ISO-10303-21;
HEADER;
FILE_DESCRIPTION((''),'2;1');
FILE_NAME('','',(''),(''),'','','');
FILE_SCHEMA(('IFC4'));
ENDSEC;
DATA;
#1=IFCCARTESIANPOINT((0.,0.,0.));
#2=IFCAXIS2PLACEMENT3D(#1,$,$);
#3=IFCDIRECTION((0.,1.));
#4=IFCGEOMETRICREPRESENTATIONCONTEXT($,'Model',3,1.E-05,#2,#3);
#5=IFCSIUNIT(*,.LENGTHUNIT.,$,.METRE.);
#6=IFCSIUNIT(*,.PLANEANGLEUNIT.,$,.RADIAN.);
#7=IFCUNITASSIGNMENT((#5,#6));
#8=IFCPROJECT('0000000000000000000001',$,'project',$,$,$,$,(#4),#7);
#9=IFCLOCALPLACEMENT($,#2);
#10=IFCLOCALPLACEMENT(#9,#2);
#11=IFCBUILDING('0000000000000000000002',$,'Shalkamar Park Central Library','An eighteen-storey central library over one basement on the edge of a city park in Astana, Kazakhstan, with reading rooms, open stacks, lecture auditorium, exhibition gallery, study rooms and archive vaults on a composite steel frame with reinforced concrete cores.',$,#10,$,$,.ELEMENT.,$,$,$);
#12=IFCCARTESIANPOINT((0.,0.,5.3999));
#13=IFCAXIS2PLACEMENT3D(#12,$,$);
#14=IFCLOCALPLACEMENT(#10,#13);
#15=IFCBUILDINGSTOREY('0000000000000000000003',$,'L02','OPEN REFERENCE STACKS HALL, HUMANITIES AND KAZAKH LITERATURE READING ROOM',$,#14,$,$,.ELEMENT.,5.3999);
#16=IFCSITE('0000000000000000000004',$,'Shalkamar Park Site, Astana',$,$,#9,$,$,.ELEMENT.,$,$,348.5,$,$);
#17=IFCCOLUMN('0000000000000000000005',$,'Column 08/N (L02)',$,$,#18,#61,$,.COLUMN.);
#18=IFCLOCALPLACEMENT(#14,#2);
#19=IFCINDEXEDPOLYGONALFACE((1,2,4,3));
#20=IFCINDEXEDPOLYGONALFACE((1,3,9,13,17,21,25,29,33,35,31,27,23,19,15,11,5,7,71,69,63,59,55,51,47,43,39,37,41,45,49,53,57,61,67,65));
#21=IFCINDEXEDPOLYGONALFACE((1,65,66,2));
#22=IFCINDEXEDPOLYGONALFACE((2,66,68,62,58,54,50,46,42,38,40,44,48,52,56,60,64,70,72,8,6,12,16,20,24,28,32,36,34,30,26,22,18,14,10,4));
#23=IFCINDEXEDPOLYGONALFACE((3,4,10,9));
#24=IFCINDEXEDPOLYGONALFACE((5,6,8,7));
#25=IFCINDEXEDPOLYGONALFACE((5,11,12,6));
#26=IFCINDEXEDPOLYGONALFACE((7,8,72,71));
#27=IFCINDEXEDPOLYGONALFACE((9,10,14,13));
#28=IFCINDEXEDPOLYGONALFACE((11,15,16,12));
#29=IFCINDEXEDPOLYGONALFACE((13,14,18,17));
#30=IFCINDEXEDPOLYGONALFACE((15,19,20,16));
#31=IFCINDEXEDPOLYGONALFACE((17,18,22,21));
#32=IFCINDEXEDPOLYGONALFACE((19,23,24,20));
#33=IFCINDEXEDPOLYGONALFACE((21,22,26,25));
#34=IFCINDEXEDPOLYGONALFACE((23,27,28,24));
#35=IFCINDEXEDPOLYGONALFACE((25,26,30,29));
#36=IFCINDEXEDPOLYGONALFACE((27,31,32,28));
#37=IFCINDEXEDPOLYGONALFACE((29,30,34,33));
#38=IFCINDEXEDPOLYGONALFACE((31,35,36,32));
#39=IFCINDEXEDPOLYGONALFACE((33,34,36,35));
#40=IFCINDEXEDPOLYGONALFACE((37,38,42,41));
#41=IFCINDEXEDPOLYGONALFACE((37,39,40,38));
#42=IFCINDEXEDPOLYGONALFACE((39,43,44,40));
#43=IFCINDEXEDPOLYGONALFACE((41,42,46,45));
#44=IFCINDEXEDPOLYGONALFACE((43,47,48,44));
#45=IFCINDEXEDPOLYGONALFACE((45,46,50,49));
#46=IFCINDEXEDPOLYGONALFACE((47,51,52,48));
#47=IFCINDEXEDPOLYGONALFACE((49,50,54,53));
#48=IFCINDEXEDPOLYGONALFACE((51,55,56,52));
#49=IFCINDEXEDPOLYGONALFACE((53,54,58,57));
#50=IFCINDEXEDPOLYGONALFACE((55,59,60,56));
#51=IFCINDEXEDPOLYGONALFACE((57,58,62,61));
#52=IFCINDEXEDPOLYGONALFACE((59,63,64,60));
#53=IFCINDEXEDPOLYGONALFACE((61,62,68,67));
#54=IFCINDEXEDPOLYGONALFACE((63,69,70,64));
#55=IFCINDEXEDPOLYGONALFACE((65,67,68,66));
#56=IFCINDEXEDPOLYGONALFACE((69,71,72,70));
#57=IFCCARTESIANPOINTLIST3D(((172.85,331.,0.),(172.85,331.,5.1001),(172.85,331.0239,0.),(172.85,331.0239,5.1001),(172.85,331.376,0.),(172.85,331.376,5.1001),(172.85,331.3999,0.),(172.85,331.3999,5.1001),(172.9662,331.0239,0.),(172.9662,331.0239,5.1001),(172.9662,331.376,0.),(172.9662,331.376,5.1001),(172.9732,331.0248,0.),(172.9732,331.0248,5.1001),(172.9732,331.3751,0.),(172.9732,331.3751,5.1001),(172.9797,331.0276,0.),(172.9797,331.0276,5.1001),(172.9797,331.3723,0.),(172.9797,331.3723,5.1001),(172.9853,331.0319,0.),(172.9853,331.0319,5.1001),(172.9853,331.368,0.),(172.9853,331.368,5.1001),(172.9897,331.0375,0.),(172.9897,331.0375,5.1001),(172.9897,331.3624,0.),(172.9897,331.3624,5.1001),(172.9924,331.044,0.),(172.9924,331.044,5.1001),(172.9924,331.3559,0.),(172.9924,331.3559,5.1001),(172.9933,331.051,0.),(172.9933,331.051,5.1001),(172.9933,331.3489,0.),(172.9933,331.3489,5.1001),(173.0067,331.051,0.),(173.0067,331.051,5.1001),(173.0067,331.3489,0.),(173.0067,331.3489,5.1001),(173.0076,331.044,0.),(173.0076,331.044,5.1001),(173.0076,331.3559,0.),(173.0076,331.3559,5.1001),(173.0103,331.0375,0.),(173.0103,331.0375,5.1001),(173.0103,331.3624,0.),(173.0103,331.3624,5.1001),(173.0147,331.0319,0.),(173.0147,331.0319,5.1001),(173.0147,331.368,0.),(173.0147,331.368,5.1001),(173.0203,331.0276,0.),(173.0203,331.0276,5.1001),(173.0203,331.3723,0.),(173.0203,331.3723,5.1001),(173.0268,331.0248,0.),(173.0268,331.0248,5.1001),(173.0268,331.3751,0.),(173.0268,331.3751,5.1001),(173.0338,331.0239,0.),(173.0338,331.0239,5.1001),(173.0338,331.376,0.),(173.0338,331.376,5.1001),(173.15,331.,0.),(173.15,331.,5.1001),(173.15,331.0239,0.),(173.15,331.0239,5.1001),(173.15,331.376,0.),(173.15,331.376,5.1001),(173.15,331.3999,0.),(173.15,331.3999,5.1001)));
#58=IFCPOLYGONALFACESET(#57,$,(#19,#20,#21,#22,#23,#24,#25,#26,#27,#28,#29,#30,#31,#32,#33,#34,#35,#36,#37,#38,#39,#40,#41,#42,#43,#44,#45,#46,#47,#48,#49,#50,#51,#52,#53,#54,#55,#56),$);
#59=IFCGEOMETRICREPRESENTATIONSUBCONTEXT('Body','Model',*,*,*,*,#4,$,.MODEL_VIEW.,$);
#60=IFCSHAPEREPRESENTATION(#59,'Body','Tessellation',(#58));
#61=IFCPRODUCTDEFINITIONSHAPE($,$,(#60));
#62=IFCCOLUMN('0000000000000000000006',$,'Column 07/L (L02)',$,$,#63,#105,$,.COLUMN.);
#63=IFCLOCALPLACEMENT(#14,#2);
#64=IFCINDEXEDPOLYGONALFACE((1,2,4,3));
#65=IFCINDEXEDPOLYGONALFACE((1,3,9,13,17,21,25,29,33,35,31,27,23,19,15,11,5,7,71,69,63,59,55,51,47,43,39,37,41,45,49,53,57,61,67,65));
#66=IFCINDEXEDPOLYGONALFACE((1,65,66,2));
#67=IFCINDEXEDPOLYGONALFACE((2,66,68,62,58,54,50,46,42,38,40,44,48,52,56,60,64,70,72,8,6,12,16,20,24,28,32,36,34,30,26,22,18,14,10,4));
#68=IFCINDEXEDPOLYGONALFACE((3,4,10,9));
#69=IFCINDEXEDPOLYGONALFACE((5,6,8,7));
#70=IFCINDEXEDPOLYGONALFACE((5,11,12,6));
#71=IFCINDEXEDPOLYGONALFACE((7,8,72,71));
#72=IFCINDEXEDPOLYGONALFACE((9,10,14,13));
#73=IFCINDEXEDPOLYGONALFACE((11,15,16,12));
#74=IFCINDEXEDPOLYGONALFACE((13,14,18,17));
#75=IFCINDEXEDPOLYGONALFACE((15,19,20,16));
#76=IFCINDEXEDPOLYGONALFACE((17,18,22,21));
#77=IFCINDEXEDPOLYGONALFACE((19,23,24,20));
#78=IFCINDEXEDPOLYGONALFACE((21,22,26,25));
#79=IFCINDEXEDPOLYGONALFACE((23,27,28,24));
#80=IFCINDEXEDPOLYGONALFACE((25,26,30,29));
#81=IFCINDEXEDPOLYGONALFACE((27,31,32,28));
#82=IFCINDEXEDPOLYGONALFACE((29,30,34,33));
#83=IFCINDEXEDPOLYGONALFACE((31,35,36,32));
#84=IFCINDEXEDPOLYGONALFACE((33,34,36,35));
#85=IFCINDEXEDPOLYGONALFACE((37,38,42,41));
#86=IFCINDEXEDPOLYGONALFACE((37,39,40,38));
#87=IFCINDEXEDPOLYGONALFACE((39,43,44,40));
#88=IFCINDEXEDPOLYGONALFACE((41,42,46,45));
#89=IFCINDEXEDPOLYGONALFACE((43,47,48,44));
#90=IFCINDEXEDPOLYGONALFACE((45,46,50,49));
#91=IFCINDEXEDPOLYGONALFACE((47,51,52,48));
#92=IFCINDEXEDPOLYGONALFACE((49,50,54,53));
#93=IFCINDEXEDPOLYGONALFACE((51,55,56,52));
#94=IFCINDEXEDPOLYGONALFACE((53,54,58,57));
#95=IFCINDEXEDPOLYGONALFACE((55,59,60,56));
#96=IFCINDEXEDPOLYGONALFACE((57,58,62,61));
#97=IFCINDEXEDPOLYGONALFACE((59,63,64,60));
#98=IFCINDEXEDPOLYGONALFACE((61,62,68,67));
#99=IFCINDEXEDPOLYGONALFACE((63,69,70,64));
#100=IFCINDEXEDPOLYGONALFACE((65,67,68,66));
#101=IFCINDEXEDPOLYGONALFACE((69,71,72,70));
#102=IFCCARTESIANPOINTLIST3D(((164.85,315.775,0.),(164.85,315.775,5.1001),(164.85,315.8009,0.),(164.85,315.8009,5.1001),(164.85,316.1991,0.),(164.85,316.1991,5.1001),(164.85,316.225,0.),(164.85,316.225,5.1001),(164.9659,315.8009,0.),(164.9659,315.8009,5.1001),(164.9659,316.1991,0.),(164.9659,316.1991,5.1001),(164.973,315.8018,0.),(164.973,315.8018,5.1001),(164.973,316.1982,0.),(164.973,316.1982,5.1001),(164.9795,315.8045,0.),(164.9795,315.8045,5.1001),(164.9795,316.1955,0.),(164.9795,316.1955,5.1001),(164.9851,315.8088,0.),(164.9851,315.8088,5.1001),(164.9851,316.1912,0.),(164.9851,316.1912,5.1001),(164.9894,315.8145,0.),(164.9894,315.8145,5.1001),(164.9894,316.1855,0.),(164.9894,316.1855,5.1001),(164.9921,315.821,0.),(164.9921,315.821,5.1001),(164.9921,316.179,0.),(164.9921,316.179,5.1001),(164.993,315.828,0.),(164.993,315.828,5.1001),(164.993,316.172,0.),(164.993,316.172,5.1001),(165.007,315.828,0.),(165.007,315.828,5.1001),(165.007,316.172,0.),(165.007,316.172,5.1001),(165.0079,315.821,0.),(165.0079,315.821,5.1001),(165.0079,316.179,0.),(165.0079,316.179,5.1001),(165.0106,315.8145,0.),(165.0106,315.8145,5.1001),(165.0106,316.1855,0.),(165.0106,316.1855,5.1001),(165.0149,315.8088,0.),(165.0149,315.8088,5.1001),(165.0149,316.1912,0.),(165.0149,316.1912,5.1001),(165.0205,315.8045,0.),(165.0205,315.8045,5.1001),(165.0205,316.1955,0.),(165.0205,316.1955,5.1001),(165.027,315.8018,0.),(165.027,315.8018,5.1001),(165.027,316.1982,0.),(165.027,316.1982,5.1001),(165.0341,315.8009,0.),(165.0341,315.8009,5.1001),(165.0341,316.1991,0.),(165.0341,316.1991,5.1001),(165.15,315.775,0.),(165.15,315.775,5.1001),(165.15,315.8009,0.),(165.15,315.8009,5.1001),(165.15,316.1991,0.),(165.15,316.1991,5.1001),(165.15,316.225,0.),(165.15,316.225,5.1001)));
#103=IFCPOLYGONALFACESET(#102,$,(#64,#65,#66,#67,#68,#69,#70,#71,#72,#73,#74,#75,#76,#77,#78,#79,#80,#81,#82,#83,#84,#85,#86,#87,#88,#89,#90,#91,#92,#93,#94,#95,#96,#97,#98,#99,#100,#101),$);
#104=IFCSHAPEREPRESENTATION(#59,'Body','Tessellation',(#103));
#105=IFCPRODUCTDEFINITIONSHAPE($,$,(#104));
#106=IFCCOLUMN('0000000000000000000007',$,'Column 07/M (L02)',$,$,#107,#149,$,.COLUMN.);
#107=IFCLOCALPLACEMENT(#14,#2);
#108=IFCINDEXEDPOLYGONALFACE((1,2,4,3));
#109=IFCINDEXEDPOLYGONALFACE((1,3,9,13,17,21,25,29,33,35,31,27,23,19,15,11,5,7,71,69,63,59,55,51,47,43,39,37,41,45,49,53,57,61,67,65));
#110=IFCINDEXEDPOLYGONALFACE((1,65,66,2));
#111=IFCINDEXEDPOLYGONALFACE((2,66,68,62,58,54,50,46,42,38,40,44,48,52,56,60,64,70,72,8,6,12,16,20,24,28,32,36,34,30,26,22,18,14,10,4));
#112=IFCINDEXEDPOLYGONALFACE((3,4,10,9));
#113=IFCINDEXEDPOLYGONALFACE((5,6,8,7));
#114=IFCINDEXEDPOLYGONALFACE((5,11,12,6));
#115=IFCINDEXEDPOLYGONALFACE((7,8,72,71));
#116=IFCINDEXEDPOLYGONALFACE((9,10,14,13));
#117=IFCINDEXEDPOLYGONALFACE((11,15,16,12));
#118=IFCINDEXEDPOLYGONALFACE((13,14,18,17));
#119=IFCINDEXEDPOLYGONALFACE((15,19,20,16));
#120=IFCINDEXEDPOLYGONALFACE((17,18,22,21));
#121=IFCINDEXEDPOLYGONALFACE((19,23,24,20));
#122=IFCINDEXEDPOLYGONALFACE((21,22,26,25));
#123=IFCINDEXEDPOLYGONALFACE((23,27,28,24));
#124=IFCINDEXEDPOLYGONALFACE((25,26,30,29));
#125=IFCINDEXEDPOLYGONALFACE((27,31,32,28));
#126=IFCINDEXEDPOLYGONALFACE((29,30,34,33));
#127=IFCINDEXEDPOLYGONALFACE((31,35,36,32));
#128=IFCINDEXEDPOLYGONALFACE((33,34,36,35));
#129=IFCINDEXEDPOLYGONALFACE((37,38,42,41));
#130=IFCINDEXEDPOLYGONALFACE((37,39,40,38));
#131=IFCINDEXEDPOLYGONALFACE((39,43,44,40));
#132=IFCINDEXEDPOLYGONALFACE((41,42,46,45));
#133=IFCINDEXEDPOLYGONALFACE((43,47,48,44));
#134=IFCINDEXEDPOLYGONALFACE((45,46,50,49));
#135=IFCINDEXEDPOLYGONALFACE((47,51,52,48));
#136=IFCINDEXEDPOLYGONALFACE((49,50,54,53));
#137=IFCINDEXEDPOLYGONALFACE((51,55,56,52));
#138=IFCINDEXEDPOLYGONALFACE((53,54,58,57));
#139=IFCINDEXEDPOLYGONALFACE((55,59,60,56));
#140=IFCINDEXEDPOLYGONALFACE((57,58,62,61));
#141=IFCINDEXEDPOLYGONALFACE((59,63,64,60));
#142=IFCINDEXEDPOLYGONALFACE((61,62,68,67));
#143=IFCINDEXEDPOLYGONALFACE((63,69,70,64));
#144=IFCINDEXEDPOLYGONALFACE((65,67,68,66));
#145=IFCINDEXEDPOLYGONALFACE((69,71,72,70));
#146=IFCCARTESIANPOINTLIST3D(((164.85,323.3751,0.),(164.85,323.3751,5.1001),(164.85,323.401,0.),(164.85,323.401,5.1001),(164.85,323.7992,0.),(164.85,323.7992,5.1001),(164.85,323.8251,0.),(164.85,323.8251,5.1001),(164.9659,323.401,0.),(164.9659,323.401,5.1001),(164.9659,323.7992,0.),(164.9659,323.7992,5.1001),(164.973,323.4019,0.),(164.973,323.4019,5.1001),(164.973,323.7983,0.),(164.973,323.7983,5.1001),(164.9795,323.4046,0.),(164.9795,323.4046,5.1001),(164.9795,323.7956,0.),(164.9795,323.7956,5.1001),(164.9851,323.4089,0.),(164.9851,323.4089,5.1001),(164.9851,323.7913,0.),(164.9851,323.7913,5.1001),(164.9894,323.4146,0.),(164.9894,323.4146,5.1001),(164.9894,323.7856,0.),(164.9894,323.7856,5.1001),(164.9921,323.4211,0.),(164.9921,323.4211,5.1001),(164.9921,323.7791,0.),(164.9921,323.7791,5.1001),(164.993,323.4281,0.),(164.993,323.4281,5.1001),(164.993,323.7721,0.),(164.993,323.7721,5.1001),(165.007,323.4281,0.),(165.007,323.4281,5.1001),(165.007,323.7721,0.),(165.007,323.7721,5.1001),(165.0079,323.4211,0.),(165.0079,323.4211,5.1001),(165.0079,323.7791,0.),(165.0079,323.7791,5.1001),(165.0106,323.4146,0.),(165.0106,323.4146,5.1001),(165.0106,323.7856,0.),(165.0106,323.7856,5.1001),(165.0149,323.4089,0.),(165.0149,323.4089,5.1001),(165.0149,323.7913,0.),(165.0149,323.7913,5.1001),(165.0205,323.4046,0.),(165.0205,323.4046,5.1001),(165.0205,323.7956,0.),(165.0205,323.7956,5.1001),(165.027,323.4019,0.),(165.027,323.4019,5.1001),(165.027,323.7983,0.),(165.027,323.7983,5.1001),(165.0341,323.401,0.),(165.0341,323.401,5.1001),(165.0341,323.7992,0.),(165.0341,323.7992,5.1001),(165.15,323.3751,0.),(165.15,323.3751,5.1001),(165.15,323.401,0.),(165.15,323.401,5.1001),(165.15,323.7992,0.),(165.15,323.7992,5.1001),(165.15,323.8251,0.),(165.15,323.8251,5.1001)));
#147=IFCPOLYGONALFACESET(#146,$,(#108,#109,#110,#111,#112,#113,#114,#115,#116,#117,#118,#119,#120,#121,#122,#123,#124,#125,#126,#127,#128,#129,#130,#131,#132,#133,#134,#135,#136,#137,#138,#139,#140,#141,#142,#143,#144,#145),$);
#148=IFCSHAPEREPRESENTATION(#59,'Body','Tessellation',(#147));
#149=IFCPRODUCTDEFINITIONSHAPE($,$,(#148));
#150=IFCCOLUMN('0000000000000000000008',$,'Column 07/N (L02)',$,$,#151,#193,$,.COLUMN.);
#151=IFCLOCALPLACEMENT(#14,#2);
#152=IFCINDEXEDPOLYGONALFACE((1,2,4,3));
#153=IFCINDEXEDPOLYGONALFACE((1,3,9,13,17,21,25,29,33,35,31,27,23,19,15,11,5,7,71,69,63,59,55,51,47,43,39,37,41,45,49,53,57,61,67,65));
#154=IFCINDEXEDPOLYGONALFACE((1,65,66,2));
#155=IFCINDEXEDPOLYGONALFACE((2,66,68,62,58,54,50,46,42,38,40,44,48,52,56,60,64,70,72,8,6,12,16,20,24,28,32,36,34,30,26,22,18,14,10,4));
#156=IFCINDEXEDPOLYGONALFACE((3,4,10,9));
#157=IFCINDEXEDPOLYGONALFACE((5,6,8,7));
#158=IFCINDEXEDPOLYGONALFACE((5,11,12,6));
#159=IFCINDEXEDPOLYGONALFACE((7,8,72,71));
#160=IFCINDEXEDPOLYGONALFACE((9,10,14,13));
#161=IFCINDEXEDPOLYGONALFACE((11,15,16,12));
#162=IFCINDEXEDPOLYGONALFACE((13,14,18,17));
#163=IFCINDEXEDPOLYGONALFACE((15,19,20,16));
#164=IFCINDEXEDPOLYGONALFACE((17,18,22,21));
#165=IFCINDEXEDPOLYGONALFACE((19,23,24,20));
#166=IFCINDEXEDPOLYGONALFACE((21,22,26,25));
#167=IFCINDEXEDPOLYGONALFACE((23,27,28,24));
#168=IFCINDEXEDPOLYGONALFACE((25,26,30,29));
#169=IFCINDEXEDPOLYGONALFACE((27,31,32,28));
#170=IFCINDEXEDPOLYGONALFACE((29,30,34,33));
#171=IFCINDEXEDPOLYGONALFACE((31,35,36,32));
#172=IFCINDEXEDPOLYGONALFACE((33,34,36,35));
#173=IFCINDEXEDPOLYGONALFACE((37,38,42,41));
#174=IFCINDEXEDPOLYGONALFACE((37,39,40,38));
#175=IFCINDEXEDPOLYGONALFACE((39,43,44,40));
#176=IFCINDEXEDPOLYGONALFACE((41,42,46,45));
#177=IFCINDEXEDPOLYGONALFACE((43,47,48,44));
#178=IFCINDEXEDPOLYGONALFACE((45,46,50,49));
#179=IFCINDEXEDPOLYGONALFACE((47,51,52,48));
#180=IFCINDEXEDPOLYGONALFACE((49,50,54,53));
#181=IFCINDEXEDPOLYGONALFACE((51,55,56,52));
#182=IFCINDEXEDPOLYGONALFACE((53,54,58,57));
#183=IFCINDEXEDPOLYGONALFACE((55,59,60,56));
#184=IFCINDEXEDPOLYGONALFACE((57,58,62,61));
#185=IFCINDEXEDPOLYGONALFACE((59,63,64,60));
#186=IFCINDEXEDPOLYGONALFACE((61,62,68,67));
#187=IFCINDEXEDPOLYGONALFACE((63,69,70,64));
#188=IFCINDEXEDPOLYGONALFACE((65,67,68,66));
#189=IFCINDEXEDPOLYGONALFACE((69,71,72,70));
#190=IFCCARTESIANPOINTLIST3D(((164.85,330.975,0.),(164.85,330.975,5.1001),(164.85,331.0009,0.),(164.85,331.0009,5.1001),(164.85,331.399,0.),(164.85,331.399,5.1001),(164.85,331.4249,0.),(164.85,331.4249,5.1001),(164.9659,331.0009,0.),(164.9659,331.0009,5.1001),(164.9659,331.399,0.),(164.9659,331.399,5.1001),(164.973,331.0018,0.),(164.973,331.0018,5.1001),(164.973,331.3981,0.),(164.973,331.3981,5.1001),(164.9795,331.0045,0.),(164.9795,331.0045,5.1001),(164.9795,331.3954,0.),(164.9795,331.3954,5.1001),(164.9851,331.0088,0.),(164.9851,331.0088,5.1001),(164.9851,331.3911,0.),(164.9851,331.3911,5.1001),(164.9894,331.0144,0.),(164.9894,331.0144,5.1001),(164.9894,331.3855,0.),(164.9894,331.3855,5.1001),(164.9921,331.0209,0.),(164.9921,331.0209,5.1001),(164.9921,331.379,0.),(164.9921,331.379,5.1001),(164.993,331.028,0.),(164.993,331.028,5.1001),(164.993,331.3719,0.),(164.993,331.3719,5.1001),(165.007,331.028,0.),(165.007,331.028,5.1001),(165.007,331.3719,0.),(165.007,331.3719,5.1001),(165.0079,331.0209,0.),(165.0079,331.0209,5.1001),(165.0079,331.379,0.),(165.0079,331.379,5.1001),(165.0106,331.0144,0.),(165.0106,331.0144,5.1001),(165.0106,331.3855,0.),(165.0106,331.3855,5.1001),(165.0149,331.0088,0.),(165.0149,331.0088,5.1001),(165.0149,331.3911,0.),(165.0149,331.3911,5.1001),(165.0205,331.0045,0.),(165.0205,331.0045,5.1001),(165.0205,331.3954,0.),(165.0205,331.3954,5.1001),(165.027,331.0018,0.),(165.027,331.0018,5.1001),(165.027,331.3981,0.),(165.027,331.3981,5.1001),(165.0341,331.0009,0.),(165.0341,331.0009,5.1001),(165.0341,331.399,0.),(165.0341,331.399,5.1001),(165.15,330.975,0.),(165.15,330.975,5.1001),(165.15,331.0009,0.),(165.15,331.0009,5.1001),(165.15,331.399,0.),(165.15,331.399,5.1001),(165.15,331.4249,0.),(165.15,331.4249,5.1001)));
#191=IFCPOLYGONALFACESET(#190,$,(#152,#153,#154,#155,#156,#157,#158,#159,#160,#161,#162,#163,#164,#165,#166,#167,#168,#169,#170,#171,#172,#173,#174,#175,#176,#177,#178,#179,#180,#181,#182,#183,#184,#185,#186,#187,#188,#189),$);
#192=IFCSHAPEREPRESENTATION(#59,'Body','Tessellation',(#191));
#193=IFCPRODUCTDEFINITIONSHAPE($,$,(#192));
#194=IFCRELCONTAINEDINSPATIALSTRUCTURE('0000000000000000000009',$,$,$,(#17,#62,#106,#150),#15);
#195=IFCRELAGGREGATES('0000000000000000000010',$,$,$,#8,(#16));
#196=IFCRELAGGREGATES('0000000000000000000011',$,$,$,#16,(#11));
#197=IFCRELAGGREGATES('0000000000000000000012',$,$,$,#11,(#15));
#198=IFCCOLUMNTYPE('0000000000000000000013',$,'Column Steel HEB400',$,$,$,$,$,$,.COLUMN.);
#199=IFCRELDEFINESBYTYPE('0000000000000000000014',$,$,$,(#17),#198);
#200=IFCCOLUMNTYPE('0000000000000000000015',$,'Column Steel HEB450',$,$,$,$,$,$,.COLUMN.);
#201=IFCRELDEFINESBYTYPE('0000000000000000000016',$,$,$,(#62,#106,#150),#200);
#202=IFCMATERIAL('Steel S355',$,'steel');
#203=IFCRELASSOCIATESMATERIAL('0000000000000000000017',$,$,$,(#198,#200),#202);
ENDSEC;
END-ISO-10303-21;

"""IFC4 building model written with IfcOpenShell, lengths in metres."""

from ifc_helpers import new_model, si_unit, direction, frame, origin, origin_2d, place, context, subcontext, project, spatial, i_section, extrude, material, material_profile, profile_set, type_object, element, save


model = new_model("IFC4")

# Units and contexts
model_context = context("Model", 3, precision=1e-05, world=origin(), true_north=direction((0.0, 1.0)))
body_context = subcontext(model_context, "Body", "Model", "MODEL_VIEW")
ifc_project = project(units=[si_unit("LENGTHUNIT", "METRE"), si_unit("PLANEANGLEUNIT", "RADIAN")], contexts=[model_context])

# Site, building, storey
site_placement = place(None, origin())
site = spatial("IfcSite", under=ifc_project, at=site_placement, Name="Shalkamar Park Site, Astana", CompositionType="ELEMENT", RefElevation=348.5)
building_placement = place(site_placement, origin())
building = spatial("IfcBuilding", under=site, at=building_placement, Name="Shalkamar Park Central Library", Description="An eighteen-storey central library over one basement on the edge of a city park in Astana, Kazakhstan, with reading rooms, open stacks, lecture auditorium, exhibition gallery, study rooms and archive vaults on a composite steel frame with reinforced concrete cores.", CompositionType="ELEMENT")
storey_placement = place(building_placement, frame((0.0, 0.0, 5.3999)))
storey = spatial("IfcBuildingStorey", under=building, at=storey_placement, Name="L02", Description="OPEN REFERENCE STACKS HALL, HUMANITIES AND KAZAKH LITERATURE READING ROOM", CompositionType="ELEMENT", Elevation=5.3999)

# Columns
ifc_material = material(Name="Steel S355", Category="steel")
ifc_material_profile_1 = material_profile(ifc_material, i_section(OverallWidth=0.3, OverallDepth=0.3999, WebThickness=0.0134, FlangeThickness=0.0239, FilletRadius=0.0271, at=origin_2d()), Name="HEB 400")
ifc_profile_set_1 = profile_set([ifc_material_profile_1], Name="Steel S355")
column_type_1 = type_object("IfcColumnType", Name="Column Steel HEB400", PredefinedType="COLUMN", material=ifc_profile_set_1)
for number, where, z_axis, x_axis, name in (
    (1, (173.0, 331.2, 0.0), (0.0, 0.0, 1.0), (1.0, 0.0, 0.0), "Column 08/N (L02)"),
):
    element("IfcColumn", number, at=place(storey_placement, frame(where, z_axis=z_axis, x_axis=x_axis)), inside=storey, type_object=column_type_1, Name=name, PredefinedType="COLUMN", context=body_context, shape_type="SweptSolid", body=[
        extrude(i_section(OverallWidth=0.3, OverallDepth=0.3999, WebThickness=0.0134, FlangeThickness=0.0239, FilletRadius=0.0271, at=origin_2d()), origin(), (0.0, 0.0, 1.0), 5.1001),
    ])
ifc_material_profile_2 = material_profile(ifc_material, i_section(OverallWidth=0.3, OverallDepth=0.45, WebThickness=0.0139, FlangeThickness=0.0259, FilletRadius=0.0271, at=origin_2d()), Name="HEB 450")
ifc_profile_set_2 = profile_set([ifc_material_profile_2], Name="Steel S355")
column_type_2 = type_object("IfcColumnType", Name="Column Steel HEB450", PredefinedType="COLUMN", material=ifc_profile_set_2)
for number, where, z_axis, x_axis, name in (
    (2, (165.0, 316.0, 0.0), (0.0, 0.0, 1.0), (1.0, 0.0, 0.0), "Column 07/L (L02)"),
    (3, (165.0, 323.6001, 0.0), (0.0, 0.0, 1.0), (1.0, 0.0, 0.0), "Column 07/M (L02)"),
    (4, (165.0, 331.2, 0.0), (0.0, 0.0, 1.0), (1.0, 0.0, 0.0), "Column 07/N (L02)"),
):
    element("IfcColumn", number, at=place(storey_placement, frame(where, z_axis=z_axis, x_axis=x_axis)), inside=storey, type_object=column_type_2, Name=name, PredefinedType="COLUMN", context=body_context, shape_type="SweptSolid", body=[
        extrude(i_section(OverallWidth=0.3, OverallDepth=0.45, WebThickness=0.0139, FlangeThickness=0.0259, FilletRadius=0.0271, at=origin_2d()), origin(), (0.0, 0.0, 1.0), 5.1001),
    ])

save(model, "model.ifc")
